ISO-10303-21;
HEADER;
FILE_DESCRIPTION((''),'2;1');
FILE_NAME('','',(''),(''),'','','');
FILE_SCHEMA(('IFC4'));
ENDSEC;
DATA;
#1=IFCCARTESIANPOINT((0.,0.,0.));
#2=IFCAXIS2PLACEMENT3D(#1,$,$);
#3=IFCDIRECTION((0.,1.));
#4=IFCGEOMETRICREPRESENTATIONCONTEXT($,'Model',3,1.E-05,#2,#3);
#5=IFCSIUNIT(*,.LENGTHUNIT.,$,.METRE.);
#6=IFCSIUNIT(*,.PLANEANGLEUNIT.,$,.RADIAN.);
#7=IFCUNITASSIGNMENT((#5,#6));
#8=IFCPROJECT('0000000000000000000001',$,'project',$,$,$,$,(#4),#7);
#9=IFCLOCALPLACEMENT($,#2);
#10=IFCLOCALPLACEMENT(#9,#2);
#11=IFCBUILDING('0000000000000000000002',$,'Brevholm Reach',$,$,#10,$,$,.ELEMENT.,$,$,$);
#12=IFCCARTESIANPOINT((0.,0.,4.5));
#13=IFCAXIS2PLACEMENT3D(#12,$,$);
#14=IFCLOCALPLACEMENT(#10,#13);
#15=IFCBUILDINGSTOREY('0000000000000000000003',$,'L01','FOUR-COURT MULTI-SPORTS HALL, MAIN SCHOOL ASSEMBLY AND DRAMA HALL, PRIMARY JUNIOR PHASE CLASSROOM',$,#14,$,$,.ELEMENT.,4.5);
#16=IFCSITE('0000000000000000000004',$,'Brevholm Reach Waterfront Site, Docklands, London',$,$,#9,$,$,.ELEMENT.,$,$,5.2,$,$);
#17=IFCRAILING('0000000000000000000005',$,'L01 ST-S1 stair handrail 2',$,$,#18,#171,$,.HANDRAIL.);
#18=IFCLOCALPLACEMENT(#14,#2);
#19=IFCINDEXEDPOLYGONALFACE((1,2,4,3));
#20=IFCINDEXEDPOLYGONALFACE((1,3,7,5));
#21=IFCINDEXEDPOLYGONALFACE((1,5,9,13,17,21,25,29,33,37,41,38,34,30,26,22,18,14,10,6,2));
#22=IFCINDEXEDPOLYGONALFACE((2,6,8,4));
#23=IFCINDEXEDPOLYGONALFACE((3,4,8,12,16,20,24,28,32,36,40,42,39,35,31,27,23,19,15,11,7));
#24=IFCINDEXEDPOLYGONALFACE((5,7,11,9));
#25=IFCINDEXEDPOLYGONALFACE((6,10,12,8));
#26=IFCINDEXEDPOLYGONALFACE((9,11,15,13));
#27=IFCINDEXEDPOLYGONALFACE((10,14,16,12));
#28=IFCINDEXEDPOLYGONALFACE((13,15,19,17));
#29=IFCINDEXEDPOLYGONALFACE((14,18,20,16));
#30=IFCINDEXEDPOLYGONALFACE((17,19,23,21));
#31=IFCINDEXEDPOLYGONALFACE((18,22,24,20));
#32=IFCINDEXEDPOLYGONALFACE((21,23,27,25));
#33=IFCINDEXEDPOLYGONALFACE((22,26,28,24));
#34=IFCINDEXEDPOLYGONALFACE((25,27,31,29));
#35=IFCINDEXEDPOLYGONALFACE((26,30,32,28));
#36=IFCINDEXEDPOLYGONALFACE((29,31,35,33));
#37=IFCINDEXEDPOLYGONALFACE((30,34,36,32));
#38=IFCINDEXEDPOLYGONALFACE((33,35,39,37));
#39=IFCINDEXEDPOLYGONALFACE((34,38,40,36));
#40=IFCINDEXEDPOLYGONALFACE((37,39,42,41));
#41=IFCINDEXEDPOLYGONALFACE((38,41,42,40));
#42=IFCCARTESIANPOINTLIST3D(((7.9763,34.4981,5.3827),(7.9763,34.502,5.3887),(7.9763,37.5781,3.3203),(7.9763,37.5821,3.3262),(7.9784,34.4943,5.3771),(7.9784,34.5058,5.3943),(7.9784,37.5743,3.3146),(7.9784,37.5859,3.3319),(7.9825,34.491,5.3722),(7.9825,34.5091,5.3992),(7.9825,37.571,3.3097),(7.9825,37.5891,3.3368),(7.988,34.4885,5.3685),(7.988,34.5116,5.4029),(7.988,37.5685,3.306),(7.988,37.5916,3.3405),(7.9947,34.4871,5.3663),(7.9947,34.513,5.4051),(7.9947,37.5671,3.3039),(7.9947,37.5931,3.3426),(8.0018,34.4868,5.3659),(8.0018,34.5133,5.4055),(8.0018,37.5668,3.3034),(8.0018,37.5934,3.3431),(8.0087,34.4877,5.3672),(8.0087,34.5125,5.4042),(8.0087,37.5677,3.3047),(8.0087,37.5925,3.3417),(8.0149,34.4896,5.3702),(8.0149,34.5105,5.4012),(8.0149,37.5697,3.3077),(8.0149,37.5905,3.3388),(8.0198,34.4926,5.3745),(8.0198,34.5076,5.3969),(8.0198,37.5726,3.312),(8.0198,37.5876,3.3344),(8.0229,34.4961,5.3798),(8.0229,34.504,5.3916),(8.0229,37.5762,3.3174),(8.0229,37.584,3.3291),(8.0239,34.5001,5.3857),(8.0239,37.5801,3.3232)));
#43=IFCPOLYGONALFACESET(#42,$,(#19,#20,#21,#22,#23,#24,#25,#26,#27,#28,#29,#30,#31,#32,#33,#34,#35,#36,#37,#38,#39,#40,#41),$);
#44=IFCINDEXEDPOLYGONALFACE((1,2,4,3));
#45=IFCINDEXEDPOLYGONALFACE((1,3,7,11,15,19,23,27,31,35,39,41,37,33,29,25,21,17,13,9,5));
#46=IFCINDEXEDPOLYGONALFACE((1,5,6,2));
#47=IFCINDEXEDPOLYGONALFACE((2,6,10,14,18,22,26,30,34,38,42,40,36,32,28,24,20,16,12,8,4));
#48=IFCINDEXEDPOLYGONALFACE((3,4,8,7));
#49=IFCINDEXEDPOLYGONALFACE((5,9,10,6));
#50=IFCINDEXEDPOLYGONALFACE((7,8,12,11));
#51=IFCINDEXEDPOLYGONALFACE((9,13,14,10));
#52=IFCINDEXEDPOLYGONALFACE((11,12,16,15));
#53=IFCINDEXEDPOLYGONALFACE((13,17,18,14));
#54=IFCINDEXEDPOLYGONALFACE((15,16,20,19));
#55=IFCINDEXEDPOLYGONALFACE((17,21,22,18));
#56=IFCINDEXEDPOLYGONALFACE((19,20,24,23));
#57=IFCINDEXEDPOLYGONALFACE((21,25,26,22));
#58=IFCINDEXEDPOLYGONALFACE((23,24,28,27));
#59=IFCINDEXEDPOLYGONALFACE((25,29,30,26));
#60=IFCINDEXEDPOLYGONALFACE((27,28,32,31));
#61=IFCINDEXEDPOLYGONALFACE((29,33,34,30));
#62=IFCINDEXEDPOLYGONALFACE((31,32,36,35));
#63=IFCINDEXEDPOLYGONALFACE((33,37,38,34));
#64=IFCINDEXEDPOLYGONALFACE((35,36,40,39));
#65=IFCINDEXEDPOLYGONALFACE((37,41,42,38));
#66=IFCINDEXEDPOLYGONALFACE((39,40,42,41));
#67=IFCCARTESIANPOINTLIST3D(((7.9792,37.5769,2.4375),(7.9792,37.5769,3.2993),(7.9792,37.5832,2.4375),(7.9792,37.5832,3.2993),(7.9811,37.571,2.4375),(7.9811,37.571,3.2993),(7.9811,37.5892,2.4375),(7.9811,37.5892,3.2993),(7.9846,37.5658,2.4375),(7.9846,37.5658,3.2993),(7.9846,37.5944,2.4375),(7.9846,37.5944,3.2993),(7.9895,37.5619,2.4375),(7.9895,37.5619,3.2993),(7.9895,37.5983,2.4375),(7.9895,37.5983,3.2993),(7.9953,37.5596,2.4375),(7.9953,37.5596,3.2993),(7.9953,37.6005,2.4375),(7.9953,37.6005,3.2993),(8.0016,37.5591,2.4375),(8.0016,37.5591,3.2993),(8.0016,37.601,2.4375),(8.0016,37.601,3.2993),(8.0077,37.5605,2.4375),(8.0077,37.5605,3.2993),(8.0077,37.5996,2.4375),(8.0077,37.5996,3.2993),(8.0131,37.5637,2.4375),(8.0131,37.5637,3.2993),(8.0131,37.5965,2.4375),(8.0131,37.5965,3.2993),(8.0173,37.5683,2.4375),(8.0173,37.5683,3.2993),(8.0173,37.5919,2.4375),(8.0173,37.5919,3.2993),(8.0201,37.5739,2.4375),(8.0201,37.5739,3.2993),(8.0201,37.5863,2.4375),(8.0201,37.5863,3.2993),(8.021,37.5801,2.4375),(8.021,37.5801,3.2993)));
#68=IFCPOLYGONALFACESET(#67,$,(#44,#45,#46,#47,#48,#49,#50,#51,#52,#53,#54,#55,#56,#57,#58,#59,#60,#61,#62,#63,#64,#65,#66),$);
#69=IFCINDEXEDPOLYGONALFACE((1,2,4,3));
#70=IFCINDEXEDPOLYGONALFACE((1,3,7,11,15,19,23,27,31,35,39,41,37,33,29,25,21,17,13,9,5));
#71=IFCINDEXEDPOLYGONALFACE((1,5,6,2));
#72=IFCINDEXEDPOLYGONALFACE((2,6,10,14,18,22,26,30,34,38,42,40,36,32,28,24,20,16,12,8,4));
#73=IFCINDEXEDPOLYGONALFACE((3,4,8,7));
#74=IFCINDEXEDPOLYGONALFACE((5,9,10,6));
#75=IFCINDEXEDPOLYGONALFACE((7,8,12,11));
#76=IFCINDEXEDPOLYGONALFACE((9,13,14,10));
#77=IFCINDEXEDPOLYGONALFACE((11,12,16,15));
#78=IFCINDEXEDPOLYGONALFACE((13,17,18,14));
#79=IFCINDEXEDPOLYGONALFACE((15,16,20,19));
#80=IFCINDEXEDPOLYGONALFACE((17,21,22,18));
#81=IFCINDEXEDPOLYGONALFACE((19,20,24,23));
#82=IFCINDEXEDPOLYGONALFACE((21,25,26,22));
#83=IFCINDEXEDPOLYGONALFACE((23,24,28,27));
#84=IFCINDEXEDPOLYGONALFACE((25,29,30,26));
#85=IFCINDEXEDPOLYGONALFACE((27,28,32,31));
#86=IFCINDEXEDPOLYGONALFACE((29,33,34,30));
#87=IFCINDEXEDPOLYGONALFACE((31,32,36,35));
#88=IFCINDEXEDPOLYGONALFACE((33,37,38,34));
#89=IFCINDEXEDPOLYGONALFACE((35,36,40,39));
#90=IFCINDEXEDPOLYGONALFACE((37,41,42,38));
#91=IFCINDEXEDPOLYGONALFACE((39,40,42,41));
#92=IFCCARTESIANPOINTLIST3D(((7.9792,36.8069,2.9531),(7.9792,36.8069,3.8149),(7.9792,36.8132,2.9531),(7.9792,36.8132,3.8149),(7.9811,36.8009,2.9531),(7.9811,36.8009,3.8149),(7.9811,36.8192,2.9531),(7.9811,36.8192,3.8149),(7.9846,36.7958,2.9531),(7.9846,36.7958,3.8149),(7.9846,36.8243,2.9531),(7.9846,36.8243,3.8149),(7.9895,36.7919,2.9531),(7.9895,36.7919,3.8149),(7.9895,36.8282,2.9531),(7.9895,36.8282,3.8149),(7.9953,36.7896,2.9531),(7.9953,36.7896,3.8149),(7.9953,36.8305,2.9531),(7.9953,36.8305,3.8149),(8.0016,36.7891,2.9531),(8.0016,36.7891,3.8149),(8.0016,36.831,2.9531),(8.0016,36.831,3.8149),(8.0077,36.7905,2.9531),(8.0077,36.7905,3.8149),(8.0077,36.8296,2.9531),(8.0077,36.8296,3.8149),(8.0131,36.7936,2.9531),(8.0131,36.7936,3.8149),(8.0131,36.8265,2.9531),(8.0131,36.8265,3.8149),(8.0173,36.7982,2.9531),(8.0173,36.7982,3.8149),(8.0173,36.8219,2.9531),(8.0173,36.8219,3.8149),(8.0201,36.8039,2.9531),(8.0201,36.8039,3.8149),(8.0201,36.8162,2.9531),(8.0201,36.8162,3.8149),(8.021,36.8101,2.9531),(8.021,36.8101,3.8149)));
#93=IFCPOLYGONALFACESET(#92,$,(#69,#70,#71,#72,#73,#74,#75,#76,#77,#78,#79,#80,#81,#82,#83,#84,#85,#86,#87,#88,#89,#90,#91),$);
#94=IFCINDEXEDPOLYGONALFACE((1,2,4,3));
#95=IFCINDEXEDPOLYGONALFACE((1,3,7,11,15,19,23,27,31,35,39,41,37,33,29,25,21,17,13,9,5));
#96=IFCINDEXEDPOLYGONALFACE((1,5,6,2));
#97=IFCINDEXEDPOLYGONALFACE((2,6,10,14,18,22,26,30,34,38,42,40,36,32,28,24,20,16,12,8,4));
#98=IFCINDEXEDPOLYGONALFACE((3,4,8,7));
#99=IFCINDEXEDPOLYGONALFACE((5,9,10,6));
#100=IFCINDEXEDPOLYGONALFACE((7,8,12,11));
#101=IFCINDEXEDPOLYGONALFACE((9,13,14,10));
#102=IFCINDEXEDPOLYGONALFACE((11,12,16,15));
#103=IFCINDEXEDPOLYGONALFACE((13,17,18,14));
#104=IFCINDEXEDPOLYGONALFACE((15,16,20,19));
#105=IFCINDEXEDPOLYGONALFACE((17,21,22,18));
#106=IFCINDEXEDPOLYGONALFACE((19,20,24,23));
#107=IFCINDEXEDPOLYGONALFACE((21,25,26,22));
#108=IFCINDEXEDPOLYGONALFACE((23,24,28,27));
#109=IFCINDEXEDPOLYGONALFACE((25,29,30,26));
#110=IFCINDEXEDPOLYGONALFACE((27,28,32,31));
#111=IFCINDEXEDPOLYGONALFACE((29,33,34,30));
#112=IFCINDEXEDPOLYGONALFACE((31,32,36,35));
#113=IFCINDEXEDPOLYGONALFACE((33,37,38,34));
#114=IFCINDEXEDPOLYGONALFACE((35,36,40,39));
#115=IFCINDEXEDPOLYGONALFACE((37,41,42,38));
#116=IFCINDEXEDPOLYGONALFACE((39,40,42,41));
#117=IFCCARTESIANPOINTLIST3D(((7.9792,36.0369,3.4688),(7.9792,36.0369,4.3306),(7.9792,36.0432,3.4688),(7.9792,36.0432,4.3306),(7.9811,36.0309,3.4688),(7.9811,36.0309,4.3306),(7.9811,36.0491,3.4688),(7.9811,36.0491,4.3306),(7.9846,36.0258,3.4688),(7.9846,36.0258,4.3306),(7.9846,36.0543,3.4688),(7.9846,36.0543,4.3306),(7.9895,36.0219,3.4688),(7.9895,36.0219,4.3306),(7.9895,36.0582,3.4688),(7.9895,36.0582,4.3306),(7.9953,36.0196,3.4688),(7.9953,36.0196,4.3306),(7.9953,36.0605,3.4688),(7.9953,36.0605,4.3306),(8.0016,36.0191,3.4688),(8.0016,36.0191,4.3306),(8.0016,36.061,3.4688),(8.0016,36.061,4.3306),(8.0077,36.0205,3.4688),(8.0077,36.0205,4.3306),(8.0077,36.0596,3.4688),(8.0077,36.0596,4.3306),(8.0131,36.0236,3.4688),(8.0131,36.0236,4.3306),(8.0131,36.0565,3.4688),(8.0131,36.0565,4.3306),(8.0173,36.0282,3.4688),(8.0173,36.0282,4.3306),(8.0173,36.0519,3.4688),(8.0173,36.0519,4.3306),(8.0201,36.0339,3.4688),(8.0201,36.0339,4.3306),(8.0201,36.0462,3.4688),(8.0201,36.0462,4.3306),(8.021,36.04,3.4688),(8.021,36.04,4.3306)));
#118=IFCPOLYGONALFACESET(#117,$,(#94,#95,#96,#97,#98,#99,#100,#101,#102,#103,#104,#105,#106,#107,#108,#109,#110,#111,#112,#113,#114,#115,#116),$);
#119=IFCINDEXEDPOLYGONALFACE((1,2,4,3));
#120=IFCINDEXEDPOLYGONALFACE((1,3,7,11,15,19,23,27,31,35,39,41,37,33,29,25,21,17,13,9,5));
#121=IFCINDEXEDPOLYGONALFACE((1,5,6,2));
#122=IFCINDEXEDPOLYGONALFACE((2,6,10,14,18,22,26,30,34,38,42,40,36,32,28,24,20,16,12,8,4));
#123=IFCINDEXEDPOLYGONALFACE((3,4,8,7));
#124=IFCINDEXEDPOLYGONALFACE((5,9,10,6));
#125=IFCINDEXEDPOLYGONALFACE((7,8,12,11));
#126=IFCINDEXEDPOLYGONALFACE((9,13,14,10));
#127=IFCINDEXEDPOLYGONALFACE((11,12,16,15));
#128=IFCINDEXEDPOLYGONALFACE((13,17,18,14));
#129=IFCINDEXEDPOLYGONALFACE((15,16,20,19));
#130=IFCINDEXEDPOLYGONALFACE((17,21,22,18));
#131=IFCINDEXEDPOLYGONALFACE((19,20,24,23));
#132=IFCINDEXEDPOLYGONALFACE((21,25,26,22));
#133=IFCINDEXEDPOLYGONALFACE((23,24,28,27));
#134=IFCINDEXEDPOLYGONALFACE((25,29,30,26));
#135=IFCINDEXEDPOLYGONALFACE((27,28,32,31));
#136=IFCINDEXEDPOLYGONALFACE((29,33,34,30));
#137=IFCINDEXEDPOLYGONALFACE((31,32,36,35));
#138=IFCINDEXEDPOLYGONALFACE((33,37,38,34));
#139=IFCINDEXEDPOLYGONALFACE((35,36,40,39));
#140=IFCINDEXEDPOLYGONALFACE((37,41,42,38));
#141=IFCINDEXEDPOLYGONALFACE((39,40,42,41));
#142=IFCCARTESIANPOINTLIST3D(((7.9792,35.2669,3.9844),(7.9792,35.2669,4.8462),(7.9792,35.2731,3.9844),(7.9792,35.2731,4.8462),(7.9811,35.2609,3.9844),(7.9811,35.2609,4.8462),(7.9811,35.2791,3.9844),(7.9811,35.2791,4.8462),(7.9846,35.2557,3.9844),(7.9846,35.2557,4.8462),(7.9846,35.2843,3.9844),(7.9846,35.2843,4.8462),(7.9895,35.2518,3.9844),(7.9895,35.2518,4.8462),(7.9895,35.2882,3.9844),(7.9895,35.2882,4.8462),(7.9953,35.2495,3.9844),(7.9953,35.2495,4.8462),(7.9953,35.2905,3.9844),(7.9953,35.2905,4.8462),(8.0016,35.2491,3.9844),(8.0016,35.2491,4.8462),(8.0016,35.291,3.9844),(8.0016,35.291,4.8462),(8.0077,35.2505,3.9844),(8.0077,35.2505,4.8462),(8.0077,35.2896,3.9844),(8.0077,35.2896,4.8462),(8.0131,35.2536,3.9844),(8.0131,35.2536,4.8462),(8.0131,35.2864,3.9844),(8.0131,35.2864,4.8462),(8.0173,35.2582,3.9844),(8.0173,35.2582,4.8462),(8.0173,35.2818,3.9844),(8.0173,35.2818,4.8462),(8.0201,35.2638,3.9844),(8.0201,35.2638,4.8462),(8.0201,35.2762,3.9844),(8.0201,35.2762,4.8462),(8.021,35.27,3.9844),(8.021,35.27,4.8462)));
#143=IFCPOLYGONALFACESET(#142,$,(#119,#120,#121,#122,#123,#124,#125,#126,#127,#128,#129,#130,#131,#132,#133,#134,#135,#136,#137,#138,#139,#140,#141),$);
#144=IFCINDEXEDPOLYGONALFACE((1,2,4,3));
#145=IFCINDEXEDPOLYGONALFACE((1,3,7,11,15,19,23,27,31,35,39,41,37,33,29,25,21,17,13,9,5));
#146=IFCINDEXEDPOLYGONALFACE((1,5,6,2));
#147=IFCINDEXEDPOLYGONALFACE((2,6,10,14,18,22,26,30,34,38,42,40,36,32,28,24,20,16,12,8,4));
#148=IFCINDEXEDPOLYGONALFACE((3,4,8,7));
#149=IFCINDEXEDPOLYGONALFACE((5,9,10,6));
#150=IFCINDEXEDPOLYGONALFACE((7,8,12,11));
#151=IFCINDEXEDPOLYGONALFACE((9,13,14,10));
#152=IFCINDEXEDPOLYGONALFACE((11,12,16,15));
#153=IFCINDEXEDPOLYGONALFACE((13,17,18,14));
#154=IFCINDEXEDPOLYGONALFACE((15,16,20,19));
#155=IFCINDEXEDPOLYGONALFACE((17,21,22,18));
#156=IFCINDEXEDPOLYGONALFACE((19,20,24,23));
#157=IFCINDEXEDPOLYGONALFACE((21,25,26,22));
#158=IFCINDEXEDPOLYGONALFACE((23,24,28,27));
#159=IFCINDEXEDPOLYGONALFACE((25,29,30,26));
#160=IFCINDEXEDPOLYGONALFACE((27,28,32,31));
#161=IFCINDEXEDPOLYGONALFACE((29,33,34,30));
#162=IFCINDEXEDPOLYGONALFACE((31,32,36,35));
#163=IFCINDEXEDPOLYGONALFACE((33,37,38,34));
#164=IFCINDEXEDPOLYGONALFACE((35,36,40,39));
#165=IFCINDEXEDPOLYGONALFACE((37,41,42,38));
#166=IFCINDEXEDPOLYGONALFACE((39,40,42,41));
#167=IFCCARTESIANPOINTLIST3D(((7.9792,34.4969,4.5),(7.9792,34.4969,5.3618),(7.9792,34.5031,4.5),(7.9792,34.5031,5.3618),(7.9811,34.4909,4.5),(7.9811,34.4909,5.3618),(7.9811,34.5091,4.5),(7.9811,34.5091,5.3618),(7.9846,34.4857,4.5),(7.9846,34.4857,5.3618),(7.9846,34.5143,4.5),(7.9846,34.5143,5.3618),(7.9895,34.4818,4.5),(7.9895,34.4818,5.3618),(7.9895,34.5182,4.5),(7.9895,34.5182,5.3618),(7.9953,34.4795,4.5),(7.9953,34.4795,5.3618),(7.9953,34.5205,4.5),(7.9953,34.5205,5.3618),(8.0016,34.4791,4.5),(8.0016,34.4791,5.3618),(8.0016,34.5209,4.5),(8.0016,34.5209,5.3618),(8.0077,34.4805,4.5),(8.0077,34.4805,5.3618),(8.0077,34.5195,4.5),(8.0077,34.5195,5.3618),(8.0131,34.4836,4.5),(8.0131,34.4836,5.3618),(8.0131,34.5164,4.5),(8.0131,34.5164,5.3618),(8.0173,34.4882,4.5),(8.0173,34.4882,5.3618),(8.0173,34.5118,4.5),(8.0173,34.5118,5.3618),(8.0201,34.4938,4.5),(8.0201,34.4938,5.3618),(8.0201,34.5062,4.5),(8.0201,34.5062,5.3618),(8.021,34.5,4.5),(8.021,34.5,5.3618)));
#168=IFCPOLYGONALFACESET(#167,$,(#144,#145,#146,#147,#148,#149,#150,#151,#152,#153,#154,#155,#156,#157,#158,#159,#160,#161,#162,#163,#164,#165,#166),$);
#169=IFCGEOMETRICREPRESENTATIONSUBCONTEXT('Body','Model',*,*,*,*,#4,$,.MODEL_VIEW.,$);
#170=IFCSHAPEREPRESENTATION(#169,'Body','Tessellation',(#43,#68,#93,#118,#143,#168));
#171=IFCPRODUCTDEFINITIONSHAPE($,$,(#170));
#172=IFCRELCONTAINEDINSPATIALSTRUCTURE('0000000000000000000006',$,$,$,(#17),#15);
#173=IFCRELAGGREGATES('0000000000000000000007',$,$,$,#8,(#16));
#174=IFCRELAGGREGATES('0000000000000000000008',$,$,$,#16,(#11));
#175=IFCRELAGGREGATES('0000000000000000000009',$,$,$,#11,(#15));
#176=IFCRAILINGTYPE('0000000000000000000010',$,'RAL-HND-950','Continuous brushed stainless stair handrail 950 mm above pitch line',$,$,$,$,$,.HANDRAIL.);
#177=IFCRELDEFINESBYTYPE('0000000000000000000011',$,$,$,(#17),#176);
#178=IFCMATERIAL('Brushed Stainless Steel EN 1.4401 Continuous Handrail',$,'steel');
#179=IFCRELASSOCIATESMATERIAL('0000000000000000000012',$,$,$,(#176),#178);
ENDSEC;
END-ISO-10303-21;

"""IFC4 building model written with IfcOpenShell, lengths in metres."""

from ifc_helpers import new_model, si_unit, direction, frame, origin, origin_2d, place, context, subcontext, project, spatial, circle, extrude, material, type_object, element, save


model = new_model("IFC4")

# Units and contexts
model_context = context("Model", 3, precision=1e-05, world=origin(), true_north=direction((0.0, 1.0)))
body_context = subcontext(model_context, "Body", "Model", "MODEL_VIEW")
ifc_project = project(units=[si_unit("LENGTHUNIT", "METRE"), si_unit("PLANEANGLEUNIT", "RADIAN")], contexts=[model_context])

# Site, building, storey
site_placement = place(None, origin())
site = spatial("IfcSite", under=ifc_project, at=site_placement, Name="Brevholm Reach Waterfront Site, Docklands, London", CompositionType="ELEMENT", RefElevation=5.2)
building_placement = place(site_placement, origin())
building = spatial("IfcBuilding", under=site, at=building_placement, Name="Brevholm Reach", CompositionType="ELEMENT")
storey_placement = place(building_placement, frame((0.0, 0.0, 4.5)))
storey = spatial("IfcBuildingStorey", under=building, at=storey_placement, Name="L01", Description="FOUR-COURT MULTI-SPORTS HALL, MAIN SCHOOL ASSEMBLY AND DRAMA HALL, PRIMARY JUNIOR PHASE CLASSROOM", CompositionType="ELEMENT", Elevation=4.5)

# Railing
ifc_material_1 = material(Name="Brushed Stainless Steel EN 1.4401 Continuous Handrail", Category="steel")
railing_type_1 = type_object("IfcRailingType", Name="RAL-HND-950", Description="Continuous brushed stainless stair handrail 950 mm above pitch line", PredefinedType="HANDRAIL", material=ifc_material_1)
railing_1_placement = place(storey_placement, frame((8.0, 37.5801, 2.4375)))
element("IfcRailing", 1, at=railing_1_placement, inside=storey, type_object=railing_type_1, Name="L01 ST-S1 stair handrail 2", PredefinedType="HANDRAIL", context=body_context, shape_type="SweptSolid", body=[
    extrude(circle(Radius=0.0239, at=origin_2d()), frame((0.0, 0.0, 0.8857), z_axis=(0.0, -0.830914, 0.556401), x_axis=(1.0, 0.0, 0.0)), (0.0, 0.0, 1.0), 3.7068),
    extrude(circle(Radius=0.021, at=origin_2d()), origin(), (0.0, 0.0, 1.0), 0.8618),
    extrude(circle(Radius=0.021, at=origin_2d()), frame((0.0, -0.77, 0.5156)), (0.0, 0.0, 1.0), 0.8618),
    extrude(circle(Radius=0.021, at=origin_2d()), frame((0.0, -1.54, 1.0312)), (0.0, 0.0, 1.0), 0.8618),
    extrude(circle(Radius=0.021, at=origin_2d()), frame((0.0, -2.3101, 1.5469)), (0.0, 0.0, 1.0), 0.8618),
    extrude(circle(Radius=0.021, at=origin_2d()), frame((0.0, -3.0801, 2.0625)), (0.0, 0.0, 1.0), 0.8618),
])

save(model, "model.ifc")
